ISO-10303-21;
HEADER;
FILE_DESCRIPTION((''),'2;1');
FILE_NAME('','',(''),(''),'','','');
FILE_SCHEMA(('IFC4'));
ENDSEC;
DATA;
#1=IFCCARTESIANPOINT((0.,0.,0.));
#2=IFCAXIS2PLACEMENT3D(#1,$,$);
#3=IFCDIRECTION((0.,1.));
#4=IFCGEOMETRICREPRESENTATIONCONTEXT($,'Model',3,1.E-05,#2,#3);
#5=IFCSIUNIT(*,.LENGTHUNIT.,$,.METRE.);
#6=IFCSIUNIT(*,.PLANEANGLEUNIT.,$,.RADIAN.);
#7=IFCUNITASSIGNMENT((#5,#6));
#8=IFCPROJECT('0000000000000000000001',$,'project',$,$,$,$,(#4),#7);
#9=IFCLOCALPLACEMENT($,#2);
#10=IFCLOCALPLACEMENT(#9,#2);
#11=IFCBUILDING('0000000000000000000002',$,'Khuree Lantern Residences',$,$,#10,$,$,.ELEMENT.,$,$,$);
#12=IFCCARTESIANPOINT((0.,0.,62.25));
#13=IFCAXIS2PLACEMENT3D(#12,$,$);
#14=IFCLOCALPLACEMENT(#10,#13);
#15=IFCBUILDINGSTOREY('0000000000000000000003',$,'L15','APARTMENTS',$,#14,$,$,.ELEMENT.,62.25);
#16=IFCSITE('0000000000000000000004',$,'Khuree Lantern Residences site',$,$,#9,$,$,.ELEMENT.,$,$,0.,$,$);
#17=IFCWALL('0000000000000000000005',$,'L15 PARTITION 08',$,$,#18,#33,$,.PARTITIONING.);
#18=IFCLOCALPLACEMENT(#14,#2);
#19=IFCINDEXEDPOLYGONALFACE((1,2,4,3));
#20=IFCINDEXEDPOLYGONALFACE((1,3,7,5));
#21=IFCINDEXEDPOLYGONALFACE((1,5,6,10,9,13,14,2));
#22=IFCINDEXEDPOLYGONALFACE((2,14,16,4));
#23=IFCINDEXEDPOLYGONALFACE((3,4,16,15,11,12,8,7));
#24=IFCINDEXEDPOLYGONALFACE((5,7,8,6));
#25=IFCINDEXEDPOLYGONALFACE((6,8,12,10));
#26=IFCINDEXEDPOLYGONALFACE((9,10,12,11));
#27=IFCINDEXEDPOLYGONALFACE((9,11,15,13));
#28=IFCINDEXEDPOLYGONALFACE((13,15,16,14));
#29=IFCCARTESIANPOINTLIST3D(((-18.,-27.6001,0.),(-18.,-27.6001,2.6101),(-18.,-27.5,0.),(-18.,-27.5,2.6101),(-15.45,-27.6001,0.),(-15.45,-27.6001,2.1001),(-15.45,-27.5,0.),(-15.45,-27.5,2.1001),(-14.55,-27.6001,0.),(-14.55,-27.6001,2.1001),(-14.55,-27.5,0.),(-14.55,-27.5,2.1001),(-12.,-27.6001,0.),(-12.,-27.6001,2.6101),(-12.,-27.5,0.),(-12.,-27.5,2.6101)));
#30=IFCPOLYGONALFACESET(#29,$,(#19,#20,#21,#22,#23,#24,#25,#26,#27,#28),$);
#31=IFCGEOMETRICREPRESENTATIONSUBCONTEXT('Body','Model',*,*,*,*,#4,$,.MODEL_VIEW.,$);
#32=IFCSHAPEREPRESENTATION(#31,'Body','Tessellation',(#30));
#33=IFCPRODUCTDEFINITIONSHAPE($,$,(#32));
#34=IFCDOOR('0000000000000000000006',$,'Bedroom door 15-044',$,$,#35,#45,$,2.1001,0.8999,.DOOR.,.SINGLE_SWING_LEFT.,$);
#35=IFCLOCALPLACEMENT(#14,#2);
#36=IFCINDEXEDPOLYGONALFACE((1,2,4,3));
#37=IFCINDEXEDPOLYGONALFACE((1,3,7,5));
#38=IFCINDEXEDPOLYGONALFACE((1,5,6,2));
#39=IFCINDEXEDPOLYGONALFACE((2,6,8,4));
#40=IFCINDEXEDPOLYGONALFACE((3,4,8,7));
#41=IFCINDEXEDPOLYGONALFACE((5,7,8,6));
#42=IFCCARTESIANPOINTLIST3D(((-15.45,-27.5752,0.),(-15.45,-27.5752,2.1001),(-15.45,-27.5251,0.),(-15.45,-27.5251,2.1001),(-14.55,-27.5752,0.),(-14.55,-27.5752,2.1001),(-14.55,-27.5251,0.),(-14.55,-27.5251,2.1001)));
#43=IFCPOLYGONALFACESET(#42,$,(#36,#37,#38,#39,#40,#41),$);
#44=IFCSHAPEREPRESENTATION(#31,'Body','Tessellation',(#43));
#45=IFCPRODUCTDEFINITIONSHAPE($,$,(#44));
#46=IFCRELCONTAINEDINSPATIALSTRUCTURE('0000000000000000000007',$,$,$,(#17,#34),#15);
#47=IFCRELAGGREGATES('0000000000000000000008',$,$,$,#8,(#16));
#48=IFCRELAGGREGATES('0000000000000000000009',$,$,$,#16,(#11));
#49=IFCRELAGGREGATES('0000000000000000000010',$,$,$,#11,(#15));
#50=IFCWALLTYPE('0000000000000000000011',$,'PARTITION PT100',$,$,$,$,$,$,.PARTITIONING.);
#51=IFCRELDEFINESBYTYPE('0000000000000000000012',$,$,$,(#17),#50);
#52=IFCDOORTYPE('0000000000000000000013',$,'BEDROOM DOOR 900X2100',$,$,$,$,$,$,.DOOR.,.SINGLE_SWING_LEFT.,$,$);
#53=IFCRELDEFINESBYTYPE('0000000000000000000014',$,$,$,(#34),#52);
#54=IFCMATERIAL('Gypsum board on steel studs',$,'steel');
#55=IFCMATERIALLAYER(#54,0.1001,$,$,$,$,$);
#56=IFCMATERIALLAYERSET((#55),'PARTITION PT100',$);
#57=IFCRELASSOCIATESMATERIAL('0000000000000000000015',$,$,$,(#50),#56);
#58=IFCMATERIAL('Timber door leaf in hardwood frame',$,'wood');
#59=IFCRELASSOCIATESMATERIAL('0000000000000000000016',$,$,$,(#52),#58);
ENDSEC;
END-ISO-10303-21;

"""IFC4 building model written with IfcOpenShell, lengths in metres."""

from ifc_helpers import new_model, si_unit, direction, frame, frame_2d, origin, place, context, subcontext, project, spatial, rectangle, extrude, material, layer, layer_set, type_object, element, fill, save


model = new_model("IFC4")

# Units and contexts
model_context = context("Model", 3, precision=1e-05, world=origin(), true_north=direction((0.0, 1.0)))
body_context = subcontext(model_context, "Body", "Model", "MODEL_VIEW")
ifc_project = project(units=[si_unit("LENGTHUNIT", "METRE"), si_unit("PLANEANGLEUNIT", "RADIAN")], contexts=[model_context])

# Site, building, storey
site_placement = place(None, origin())
site = spatial("IfcSite", under=ifc_project, at=site_placement, Name="Khuree Lantern Residences site", CompositionType="ELEMENT", RefElevation=0.0)
building_placement = place(site_placement, origin())
building = spatial("IfcBuilding", under=site, at=building_placement, Name="Khuree Lantern Residences", CompositionType="ELEMENT")
storey_placement = place(building_placement, frame((0.0, 0.0, 62.25)))
storey = spatial("IfcBuildingStorey", under=building, at=storey_placement, Name="L15", Description="APARTMENTS", CompositionType="ELEMENT", Elevation=62.25)

# Shared definitions
ifc_material_1 = material(Name="Timber door leaf in hardwood frame", Category="wood")

# Shared definitions
ifc_material_2 = material(Name="Gypsum board on steel studs", Category="steel")
ifc_layer_1 = layer(ifc_material_2, 0.1001)
ifc_layer_set_1 = layer_set([ifc_layer_1], Name="PARTITION PT100")
wall_type_1 = type_object("IfcWallType", Name="PARTITION PT100", PredefinedType="PARTITIONING", material=ifc_layer_set_1)

# Wall, opening, door
wall_1_placement = place(storey_placement, frame((-18.0, -27.55, 0.0), z_axis=(0.0, 0.0, 1.0), x_axis=(1.0, 0.0, 0.0)))
wall_1 = element("IfcWall", 1, at=wall_1_placement, inside=storey, type_object=wall_type_1, Name="L15 PARTITION 08", PredefinedType="PARTITIONING", context=body_context, shape_type="SweptSolid", body=[
    extrude(rectangle(XDim=6.0, YDim=0.1001, at=frame_2d((3.0, 0.0))), origin(), (0.0, 0.0, 1.0), 2.6101),
])
opening_1_placement = place(wall_1_placement, frame((2.55, 0.0, 0.0)))
opening_1 = element("IfcOpeningElement", 2, at=opening_1_placement, cuts=wall_1, PredefinedType="OPENING", context=body_context, shape_type="SweptSolid", body=[
    extrude(rectangle(XDim=0.8999, YDim=2.1001, at=frame_2d((0.45, 1.05))), frame((0.0, 0.0601, 0.0), z_axis=(0.0, -1.0, 0.0), x_axis=(1.0, 0.0, 0.0)), (0.0, 0.0, 1.0), 0.1201),
])
door_type_1 = type_object("IfcDoorType", Name="BEDROOM DOOR 900X2100", OperationType="SINGLE_SWING_LEFT", PredefinedType="DOOR", material=ifc_material_1)
door_1_placement = place(opening_1_placement, origin())
door_1 = element("IfcDoor", 3, at=door_1_placement, inside=storey, type_object=door_type_1, Name="Bedroom door 15-044", OperationType="SINGLE_SWING_LEFT", OverallHeight=2.1001, OverallWidth=0.8999, PredefinedType="DOOR", context=body_context, shape_type="SweptSolid", body=[
    extrude(rectangle(XDim=0.8999, YDim=2.1001, at=frame_2d((0.45, 1.05))), frame((0.0, 0.0249, 0.0), z_axis=(0.0, -1.0, 0.0), x_axis=(1.0, 0.0, 0.0)), (0.0, 0.0, 1.0), 0.05),
])
fill(opening_1, door_1)

save(model, "model.ifc")
